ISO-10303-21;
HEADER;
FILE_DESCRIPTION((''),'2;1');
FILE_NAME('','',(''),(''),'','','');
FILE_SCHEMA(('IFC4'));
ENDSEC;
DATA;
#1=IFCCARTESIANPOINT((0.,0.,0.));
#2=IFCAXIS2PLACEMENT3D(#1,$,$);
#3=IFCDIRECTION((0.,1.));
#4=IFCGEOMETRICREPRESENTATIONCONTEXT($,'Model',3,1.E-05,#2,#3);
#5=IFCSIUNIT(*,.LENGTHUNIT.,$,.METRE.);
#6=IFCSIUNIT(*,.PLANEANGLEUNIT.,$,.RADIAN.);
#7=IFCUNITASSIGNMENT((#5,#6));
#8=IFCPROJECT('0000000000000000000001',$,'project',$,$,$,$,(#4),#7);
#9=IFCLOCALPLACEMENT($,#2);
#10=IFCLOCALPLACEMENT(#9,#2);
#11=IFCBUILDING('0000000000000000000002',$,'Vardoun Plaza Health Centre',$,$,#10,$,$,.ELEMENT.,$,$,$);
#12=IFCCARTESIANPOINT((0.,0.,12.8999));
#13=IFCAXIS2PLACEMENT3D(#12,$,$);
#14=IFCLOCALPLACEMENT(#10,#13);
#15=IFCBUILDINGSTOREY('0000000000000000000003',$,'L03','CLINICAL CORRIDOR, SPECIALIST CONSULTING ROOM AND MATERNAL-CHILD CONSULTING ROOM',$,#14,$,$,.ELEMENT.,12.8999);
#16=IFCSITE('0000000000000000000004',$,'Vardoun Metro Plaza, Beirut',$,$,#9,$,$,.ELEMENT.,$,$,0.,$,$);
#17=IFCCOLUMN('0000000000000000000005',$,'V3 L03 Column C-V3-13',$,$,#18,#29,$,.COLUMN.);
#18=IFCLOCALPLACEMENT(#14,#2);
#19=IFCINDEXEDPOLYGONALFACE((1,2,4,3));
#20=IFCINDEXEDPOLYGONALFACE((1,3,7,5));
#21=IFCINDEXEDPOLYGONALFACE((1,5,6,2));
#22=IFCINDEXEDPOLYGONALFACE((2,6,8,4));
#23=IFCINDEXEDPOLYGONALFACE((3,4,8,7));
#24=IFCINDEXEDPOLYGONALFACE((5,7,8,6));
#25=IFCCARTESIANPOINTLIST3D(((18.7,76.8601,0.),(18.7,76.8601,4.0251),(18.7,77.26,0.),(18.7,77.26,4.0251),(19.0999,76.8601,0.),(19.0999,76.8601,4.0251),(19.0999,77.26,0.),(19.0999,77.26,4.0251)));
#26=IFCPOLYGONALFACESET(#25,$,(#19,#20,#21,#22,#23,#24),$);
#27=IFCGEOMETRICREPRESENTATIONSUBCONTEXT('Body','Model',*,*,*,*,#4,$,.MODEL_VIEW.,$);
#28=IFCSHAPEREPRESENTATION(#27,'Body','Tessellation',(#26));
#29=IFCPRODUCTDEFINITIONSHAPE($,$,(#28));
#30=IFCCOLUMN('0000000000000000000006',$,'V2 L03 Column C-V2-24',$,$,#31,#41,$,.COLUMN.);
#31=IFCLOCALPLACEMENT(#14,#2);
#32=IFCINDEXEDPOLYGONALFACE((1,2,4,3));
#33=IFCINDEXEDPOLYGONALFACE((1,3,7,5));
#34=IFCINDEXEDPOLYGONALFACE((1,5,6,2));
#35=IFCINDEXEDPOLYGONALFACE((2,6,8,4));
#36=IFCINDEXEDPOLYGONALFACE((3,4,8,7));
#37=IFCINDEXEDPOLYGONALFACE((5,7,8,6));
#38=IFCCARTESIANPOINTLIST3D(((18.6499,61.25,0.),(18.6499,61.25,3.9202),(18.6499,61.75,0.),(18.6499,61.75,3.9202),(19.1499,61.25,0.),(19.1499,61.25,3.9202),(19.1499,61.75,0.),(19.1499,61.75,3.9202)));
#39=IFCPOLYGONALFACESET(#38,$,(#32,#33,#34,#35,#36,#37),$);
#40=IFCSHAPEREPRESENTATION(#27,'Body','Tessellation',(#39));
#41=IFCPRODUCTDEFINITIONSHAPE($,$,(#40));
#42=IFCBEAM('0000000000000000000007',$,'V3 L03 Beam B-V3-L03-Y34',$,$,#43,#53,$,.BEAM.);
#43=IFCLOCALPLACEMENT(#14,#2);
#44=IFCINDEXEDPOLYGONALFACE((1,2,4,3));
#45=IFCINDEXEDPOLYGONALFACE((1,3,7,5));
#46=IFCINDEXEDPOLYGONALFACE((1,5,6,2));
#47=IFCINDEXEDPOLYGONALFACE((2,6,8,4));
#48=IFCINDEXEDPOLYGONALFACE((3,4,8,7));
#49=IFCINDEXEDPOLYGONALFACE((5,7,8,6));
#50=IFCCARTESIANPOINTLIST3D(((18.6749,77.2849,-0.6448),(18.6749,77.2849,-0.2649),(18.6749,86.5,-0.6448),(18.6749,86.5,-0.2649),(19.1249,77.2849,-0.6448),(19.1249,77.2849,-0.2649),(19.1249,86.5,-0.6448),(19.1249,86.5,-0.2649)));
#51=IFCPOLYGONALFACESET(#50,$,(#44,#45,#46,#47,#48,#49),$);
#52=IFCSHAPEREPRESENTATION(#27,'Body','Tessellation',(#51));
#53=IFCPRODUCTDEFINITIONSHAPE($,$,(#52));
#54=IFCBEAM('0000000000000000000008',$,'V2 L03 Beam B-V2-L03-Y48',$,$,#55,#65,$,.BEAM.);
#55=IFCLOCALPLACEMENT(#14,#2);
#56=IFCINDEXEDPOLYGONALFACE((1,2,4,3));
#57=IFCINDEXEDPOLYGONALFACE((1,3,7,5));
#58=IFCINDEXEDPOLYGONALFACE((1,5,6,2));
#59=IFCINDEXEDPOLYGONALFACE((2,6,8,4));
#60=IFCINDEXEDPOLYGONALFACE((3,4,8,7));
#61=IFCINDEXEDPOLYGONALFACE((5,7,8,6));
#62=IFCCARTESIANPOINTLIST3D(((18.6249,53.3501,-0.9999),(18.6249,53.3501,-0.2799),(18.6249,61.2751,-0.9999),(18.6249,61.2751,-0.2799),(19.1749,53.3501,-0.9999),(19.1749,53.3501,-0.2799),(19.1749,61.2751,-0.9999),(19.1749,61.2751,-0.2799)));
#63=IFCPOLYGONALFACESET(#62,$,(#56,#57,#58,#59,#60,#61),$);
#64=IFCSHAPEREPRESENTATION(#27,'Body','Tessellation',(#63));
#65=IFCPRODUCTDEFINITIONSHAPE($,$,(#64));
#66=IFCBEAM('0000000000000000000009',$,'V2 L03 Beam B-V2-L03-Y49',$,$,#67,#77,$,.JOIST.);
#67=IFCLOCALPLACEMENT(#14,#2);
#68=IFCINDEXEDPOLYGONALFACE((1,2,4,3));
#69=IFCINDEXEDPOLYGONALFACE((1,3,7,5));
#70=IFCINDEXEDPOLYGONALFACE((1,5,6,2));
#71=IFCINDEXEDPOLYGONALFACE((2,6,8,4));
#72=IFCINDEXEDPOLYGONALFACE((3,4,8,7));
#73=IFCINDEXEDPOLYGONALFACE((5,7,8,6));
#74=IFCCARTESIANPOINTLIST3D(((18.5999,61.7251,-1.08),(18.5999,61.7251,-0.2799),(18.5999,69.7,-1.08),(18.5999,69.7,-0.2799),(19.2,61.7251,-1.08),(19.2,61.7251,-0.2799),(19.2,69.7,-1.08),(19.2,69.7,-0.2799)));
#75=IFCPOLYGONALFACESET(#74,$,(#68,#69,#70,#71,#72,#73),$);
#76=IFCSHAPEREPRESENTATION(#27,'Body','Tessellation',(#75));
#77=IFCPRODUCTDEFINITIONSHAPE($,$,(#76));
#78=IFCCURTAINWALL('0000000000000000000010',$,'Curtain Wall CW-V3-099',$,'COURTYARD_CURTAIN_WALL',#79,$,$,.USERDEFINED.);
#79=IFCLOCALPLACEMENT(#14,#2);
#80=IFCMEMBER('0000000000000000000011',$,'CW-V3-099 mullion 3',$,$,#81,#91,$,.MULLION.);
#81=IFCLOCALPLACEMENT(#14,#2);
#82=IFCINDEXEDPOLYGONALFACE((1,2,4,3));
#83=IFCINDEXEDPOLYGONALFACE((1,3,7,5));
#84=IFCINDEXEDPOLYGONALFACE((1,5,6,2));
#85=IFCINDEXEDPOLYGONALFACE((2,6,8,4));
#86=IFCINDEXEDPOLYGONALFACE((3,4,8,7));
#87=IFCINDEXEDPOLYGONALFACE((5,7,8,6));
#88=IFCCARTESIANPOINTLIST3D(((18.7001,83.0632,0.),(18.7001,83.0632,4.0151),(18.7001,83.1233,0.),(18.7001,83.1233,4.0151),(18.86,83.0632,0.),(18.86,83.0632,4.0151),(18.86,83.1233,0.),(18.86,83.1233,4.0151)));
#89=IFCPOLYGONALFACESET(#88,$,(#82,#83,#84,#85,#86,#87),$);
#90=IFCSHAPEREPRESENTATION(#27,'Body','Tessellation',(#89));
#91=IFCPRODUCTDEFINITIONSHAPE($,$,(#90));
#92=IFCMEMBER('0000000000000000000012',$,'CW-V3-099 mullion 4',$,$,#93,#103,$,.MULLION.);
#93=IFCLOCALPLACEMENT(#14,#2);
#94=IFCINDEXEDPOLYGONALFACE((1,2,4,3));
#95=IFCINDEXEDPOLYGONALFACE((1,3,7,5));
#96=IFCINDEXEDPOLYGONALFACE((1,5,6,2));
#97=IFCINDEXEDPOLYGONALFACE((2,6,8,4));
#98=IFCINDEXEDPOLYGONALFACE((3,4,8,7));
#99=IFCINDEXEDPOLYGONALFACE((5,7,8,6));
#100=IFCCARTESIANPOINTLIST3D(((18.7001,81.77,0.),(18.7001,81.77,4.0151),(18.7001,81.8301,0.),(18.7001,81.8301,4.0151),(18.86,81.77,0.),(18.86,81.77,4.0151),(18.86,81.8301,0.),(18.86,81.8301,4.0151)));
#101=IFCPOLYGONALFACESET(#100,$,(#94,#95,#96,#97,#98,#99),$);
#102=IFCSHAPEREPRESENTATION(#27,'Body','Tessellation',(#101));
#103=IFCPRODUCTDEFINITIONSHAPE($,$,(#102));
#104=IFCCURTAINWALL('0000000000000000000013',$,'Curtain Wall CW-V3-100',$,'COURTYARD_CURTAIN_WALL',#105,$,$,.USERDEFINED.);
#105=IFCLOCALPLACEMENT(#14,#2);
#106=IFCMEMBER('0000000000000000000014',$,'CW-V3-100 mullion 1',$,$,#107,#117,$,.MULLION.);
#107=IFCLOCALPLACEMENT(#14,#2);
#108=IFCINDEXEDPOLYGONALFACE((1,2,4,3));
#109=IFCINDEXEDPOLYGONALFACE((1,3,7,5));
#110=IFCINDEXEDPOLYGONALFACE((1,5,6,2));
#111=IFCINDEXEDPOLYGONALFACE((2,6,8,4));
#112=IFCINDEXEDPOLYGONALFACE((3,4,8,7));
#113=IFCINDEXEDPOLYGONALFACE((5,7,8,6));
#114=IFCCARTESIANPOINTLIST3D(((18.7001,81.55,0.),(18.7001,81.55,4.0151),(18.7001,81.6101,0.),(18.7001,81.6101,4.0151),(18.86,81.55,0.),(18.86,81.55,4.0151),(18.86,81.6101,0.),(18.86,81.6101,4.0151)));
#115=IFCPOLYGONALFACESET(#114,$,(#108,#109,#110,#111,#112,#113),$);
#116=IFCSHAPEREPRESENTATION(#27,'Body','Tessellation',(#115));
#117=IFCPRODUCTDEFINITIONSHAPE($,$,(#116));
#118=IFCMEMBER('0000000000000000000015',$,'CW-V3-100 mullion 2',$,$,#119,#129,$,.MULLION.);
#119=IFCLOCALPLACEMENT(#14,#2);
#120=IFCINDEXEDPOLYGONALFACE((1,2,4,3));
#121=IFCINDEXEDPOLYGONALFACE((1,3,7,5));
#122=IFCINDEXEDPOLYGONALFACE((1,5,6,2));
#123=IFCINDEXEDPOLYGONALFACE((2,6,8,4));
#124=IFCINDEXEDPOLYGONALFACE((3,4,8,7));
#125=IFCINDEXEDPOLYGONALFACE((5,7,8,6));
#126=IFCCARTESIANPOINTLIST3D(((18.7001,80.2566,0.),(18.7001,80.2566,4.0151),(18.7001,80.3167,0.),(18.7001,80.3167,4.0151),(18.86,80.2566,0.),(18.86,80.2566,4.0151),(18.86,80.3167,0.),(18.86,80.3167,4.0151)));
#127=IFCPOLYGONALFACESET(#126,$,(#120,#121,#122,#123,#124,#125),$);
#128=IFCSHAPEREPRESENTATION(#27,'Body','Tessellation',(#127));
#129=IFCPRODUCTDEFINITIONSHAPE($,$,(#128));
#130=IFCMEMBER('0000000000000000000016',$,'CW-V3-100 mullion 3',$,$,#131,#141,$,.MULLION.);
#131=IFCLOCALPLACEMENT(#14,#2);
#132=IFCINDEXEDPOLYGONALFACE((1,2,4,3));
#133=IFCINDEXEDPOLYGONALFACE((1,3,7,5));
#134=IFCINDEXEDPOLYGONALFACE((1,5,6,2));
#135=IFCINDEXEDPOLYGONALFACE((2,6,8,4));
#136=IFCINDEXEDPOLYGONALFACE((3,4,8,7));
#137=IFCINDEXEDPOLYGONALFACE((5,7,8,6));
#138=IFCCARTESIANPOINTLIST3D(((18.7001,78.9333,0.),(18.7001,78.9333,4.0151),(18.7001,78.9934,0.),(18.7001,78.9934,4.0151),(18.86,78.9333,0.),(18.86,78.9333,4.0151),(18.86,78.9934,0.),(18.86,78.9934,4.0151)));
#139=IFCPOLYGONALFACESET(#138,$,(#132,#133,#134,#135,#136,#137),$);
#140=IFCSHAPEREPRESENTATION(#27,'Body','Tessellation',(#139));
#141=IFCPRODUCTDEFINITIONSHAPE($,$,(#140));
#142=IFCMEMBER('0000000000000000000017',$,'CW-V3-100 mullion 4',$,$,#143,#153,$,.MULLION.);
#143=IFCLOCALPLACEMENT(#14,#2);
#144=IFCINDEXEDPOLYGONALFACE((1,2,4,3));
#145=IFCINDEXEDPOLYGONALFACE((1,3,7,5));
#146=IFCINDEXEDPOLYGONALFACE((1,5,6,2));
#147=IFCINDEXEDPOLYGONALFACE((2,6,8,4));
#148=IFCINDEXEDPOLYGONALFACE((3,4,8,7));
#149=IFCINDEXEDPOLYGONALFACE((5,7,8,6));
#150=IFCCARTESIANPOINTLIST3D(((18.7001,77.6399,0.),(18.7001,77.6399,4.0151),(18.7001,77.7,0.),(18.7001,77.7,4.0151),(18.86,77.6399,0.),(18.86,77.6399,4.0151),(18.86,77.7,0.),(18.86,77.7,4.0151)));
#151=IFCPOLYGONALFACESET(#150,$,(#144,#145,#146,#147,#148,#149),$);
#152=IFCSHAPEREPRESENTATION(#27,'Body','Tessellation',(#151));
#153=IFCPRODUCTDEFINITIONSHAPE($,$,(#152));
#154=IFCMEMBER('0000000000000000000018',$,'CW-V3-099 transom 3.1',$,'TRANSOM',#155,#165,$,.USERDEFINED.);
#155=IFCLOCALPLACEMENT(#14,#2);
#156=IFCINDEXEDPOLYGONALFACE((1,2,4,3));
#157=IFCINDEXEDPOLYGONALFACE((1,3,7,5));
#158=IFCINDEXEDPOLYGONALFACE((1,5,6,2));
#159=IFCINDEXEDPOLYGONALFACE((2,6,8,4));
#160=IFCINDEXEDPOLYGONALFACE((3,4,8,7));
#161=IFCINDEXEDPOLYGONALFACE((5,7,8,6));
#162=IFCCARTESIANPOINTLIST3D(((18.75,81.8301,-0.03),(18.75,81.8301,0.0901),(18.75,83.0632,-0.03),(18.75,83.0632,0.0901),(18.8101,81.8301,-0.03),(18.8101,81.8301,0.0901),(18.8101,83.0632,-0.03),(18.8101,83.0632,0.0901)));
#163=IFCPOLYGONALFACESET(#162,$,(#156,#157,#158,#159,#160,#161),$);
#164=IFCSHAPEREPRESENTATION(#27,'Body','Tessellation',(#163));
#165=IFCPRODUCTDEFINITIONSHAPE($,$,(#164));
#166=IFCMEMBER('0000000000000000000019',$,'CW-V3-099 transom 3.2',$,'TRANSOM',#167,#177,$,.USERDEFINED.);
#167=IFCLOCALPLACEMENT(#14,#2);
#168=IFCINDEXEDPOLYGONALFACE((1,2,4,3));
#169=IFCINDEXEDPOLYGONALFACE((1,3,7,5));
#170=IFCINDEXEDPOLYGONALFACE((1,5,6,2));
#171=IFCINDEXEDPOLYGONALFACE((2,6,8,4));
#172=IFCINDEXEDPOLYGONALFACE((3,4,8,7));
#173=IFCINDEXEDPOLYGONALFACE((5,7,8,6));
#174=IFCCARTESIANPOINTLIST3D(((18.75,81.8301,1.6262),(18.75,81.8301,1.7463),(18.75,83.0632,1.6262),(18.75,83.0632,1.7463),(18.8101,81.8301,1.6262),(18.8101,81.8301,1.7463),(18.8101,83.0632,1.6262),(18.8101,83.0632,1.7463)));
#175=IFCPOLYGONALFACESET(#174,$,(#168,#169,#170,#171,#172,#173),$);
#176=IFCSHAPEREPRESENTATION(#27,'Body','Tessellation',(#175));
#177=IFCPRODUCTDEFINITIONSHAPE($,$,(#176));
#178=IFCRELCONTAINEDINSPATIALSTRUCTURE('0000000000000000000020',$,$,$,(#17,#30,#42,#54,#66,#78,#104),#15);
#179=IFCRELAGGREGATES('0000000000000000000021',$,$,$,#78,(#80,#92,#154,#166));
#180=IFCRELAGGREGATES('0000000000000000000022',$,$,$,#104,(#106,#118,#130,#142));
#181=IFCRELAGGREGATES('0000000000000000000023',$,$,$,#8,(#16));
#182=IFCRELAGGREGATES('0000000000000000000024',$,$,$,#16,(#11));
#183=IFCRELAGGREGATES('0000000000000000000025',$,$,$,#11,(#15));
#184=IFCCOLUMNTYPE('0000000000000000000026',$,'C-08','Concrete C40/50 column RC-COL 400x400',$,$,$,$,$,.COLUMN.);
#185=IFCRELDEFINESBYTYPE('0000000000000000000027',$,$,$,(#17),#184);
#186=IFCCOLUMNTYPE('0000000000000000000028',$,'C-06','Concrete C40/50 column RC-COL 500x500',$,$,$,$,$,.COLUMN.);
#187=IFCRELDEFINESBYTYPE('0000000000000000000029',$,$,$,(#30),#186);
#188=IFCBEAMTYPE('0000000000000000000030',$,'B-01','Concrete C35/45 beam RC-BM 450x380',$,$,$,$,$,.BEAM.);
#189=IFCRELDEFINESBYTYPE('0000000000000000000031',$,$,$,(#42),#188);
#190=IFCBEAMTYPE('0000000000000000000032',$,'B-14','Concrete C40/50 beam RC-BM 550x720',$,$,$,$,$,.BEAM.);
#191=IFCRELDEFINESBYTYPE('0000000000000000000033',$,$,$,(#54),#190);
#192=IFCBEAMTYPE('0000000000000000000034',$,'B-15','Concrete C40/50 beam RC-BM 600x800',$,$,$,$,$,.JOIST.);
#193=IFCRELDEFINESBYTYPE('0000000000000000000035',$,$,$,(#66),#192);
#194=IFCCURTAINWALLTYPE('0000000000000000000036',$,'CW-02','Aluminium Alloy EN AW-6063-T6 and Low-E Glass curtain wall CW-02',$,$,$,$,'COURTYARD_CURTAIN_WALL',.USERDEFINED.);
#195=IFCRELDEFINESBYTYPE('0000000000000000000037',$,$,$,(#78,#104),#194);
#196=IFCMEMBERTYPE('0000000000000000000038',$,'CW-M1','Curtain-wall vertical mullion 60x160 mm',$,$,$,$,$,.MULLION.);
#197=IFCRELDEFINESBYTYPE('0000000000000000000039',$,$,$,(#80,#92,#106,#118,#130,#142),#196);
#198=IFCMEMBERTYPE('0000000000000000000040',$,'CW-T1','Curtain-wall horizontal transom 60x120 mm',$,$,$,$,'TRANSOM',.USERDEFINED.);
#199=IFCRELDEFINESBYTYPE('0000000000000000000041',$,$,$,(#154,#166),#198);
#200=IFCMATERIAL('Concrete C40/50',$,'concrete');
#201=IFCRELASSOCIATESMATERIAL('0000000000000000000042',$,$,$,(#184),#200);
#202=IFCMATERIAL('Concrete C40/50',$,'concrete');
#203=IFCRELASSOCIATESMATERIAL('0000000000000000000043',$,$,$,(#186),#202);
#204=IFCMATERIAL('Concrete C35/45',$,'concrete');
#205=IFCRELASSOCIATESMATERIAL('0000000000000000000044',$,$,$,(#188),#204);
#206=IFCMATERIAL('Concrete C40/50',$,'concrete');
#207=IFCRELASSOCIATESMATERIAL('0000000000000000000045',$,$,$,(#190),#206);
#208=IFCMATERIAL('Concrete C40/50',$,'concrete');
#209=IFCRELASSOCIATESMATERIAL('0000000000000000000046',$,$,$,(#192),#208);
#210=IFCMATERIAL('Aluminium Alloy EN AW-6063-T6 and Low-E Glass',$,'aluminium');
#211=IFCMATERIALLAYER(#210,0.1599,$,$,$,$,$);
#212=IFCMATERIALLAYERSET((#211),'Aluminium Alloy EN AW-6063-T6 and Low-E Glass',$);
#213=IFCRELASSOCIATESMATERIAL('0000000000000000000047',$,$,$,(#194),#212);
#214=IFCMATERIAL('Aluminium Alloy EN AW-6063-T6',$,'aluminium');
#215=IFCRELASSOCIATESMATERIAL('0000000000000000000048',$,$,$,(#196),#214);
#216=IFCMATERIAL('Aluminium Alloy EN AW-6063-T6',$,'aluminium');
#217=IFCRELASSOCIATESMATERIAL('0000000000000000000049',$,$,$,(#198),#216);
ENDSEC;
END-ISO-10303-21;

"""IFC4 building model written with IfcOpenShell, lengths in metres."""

from ifc_helpers import new_model, si_unit, direction, frame, origin, origin_2d, place, context, subcontext, project, spatial, rectangle, extrude, material, layer, layer_set, material_profile, profile_set, type_object, element, aggregate, save


model = new_model("IFC4")

# Units and contexts
model_context = context("Model", 3, precision=1e-05, world=origin(), true_north=direction((0.0, 1.0)))
body_context = subcontext(model_context, "Body", "Model", "MODEL_VIEW")
ifc_project = project(units=[si_unit("LENGTHUNIT", "METRE"), si_unit("PLANEANGLEUNIT", "RADIAN")], contexts=[model_context])

# Site, building, storey
site_placement = place(None, origin())
site = spatial("IfcSite", under=ifc_project, at=site_placement, Name="Vardoun Metro Plaza, Beirut", CompositionType="ELEMENT", RefElevation=0.0)
building_placement = place(site_placement, origin())
building = spatial("IfcBuilding", under=site, at=building_placement, Name="Vardoun Plaza Health Centre", CompositionType="ELEMENT")
storey_placement = place(building_placement, frame((0.0, 0.0, 12.8999)))
storey = spatial("IfcBuildingStorey", under=building, at=storey_placement, Name="L03", Description="CLINICAL CORRIDOR, SPECIALIST CONSULTING ROOM AND MATERNAL-CHILD CONSULTING ROOM", CompositionType="ELEMENT", Elevation=12.8999)

# Columns
ifc_material_1 = material(Name="Concrete C40/50", Category="concrete")
ifc_material_profile_1 = material_profile(ifc_material_1, rectangle(XDim=0.3999, YDim=0.3999, at=origin_2d()), Name="RC-COL 400x400")
ifc_profile_set_1 = profile_set([ifc_material_profile_1], Name="Concrete C40/50")
column_type_1 = type_object("IfcColumnType", Name="C-08", Description="Concrete C40/50 column RC-COL 400x400", PredefinedType="COLUMN", material=ifc_profile_set_1)
column_1_placement = place(storey_placement, frame((18.8999, 77.0601, 0.0), z_axis=(0.0, 0.0, 1.0), x_axis=(1.0, 0.0, 0.0)))
element("IfcColumn", 1, at=column_1_placement, inside=storey, type_object=column_type_1, Name="V3 L03 Column C-V3-13", PredefinedType="COLUMN", context=body_context, shape_type="SweptSolid", body=[
    extrude(rectangle(XDim=0.3999, YDim=0.3999, at=origin_2d()), origin(), (0.0, 0.0, 1.0), 4.0251),
])
ifc_material_2 = material(Name="Concrete C40/50", Category="concrete")
ifc_material_profile_2 = material_profile(ifc_material_2, rectangle(XDim=0.5, YDim=0.5, at=origin_2d()), Name="RC-COL 500x500")
ifc_profile_set_2 = profile_set([ifc_material_profile_2], Name="Concrete C40/50")
column_type_2 = type_object("IfcColumnType", Name="C-06", Description="Concrete C40/50 column RC-COL 500x500", PredefinedType="COLUMN", material=ifc_profile_set_2)
column_2_placement = place(storey_placement, frame((18.8999, 61.5, 0.0), z_axis=(0.0, 0.0, 1.0), x_axis=(1.0, 0.0, 0.0)))
element("IfcColumn", 2, at=column_2_placement, inside=storey, type_object=column_type_2, Name="V2 L03 Column C-V2-24", PredefinedType="COLUMN", context=body_context, shape_type="SweptSolid", body=[
    extrude(rectangle(XDim=0.5, YDim=0.5, at=origin_2d()), origin(), (0.0, 0.0, 1.0), 3.9202),
])

# Beams
ifc_material_3 = material(Name="Concrete C35/45", Category="concrete")
ifc_material_profile_3 = material_profile(ifc_material_3, rectangle(XDim=0.45, YDim=0.3799, at=origin_2d()), Name="RC-BM 450x380")
ifc_profile_set_3 = profile_set([ifc_material_profile_3], Name="Concrete C35/45")
beam_type_1 = type_object("IfcBeamType", Name="B-01", Description="Concrete C35/45 beam RC-BM 450x380", PredefinedType="BEAM", material=ifc_profile_set_3)
beam_1_placement = place(storey_placement, frame((18.8999, 77.2849, -0.4548), z_axis=(0.0, 1.0, 0.0), x_axis=(-1.0, 0.0, 0.0)))
element("IfcBeam", 3, at=beam_1_placement, inside=storey, type_object=beam_type_1, Name="V3 L03 Beam B-V3-L03-Y34", PredefinedType="BEAM", context=body_context, shape_type="SweptSolid", body=[
    extrude(rectangle(XDim=0.45, YDim=0.3799, at=origin_2d()), origin(), (0.0, 0.0, 1.0), 9.2151),
])
ifc_material_4 = material(Name="Concrete C40/50", Category="concrete")
ifc_material_profile_4 = material_profile(ifc_material_4, rectangle(XDim=0.55, YDim=0.72, at=origin_2d()), Name="RC-BM 550x720")
ifc_profile_set_4 = profile_set([ifc_material_profile_4], Name="Concrete C40/50")
beam_type_2 = type_object("IfcBeamType", Name="B-14", Description="Concrete C40/50 beam RC-BM 550x720", PredefinedType="BEAM", material=ifc_profile_set_4)
beam_2_placement = place(storey_placement, frame((18.8999, 53.3501, -0.6399), z_axis=(0.0, 1.0, 0.0), x_axis=(-1.0, 0.0, 0.0)))
element("IfcBeam", 4, at=beam_2_placement, inside=storey, type_object=beam_type_2, Name="V2 L03 Beam B-V2-L03-Y48", PredefinedType="BEAM", context=body_context, shape_type="SweptSolid", body=[
    extrude(rectangle(XDim=0.55, YDim=0.72, at=origin_2d()), origin(), (0.0, 0.0, 1.0), 7.925),
])
ifc_material_5 = material(Name="Concrete C40/50", Category="concrete")
ifc_material_profile_5 = material_profile(ifc_material_5, rectangle(XDim=0.6001, YDim=0.8, at=origin_2d()), Name="RC-BM 600x800")
ifc_profile_set_5 = profile_set([ifc_material_profile_5], Name="Concrete C40/50")
beam_type_3 = type_object("IfcBeamType", Name="B-15", Description="Concrete C40/50 beam RC-BM 600x800", PredefinedType="JOIST", material=ifc_profile_set_5)
beam_3_placement = place(storey_placement, frame((18.8999, 61.7251, -0.6799), z_axis=(0.0, 1.0, 0.0), x_axis=(-1.0, 0.0, 0.0)))
element("IfcBeam", 5, at=beam_3_placement, inside=storey, type_object=beam_type_3, Name="V2 L03 Beam B-V2-L03-Y49", PredefinedType="JOIST", context=body_context, shape_type="SweptSolid", body=[
    extrude(rectangle(XDim=0.6001, YDim=0.8, at=origin_2d()), origin(), (0.0, 0.0, 1.0), 7.9749),
])

# Curtain walls, members
ifc_material_6 = material(Name="Aluminium Alloy EN AW-6063-T6 and Low-E Glass", Category="aluminium")
ifc_layer_1 = layer(ifc_material_6, 0.1599)
ifc_layer_set_1 = layer_set([ifc_layer_1], Name="Aluminium Alloy EN AW-6063-T6 and Low-E Glass")
curtain_wall_type = type_object("IfcCurtainWallType", Name="CW-02", Description="Aluminium Alloy EN AW-6063-T6 and Low-E Glass curtain wall CW-02", ElementType="COURTYARD_CURTAIN_WALL", PredefinedType="USERDEFINED", material=ifc_layer_set_1)
curtain_wall_1_placement = place(storey_placement, origin())
curtain_wall_1 = element("IfcCurtainWall", 6, at=curtain_wall_1_placement, inside=storey, type_object=curtain_wall_type, Name="Curtain Wall CW-V3-099", ObjectType="COURTYARD_CURTAIN_WALL", PredefinedType="USERDEFINED")
ifc_material_7 = material(Name="Aluminium Alloy EN AW-6063-T6", Category="aluminium")
ifc_material_profile_6 = material_profile(ifc_material_7, rectangle(XDim=0.1599, YDim=0.0601, at=origin_2d()), Name="CWM 60x160")
ifc_profile_set_6 = profile_set([ifc_material_profile_6], Name="Aluminium Alloy EN AW-6063-T6")
member_type_1 = type_object("IfcMemberType", Name="CW-M1", Description="Curtain-wall vertical mullion 60x160 mm", PredefinedType="MULLION", material=ifc_profile_set_6)
member_1_placement = place(storey_placement, frame((18.78, 83.0933, 0.0), z_axis=(0.0, 0.0, 1.0), x_axis=(1.0, 0.0, 0.0)))
member_1 = element("IfcMember", 7, at=member_1_placement, type_object=member_type_1, Name="CW-V3-099 mullion 3", PredefinedType="MULLION", context=body_context, shape_type="SweptSolid", body=[
    extrude(rectangle(XDim=0.1599, YDim=0.0601, at=origin_2d()), origin(), (0.0, 0.0, 1.0), 4.0151),
])
member_2_placement = place(storey_placement, frame((18.78, 81.8, 0.0), z_axis=(0.0, 0.0, 1.0), x_axis=(1.0, 0.0, 0.0)))
member_2 = element("IfcMember", 8, at=member_2_placement, type_object=member_type_1, Name="CW-V3-099 mullion 4", PredefinedType="MULLION", context=body_context, shape_type="SweptSolid", body=[
    extrude(rectangle(XDim=0.1599, YDim=0.0601, at=origin_2d()), origin(), (0.0, 0.0, 1.0), 4.0151),
])
curtain_wall_2_placement = place(storey_placement, origin())
curtain_wall_2 = element("IfcCurtainWall", 9, at=curtain_wall_2_placement, inside=storey, type_object=curtain_wall_type, Name="Curtain Wall CW-V3-100", ObjectType="COURTYARD_CURTAIN_WALL", PredefinedType="USERDEFINED")
member_3_placement = place(storey_placement, frame((18.78, 81.5801, 0.0), z_axis=(0.0, 0.0, 1.0), x_axis=(1.0, 0.0, 0.0)))
member_3 = element("IfcMember", 10, at=member_3_placement, type_object=member_type_1, Name="CW-V3-100 mullion 1", PredefinedType="MULLION", context=body_context, shape_type="SweptSolid", body=[
    extrude(rectangle(XDim=0.1599, YDim=0.0601, at=origin_2d()), origin(), (0.0, 0.0, 1.0), 4.0151),
])
member_4_placement = place(storey_placement, frame((18.78, 80.2866, 0.0), z_axis=(0.0, 0.0, 1.0), x_axis=(1.0, 0.0, 0.0)))
member_4 = element("IfcMember", 11, at=member_4_placement, type_object=member_type_1, Name="CW-V3-100 mullion 2", PredefinedType="MULLION", context=body_context, shape_type="SweptSolid", body=[
    extrude(rectangle(XDim=0.1599, YDim=0.0601, at=origin_2d()), origin(), (0.0, 0.0, 1.0), 4.0151),
])
member_5_placement = place(storey_placement, frame((18.78, 78.9634, 0.0), z_axis=(0.0, 0.0, 1.0), x_axis=(1.0, 0.0, 0.0)))
member_5 = element("IfcMember", 12, at=member_5_placement, type_object=member_type_1, Name="CW-V3-100 mullion 3", PredefinedType="MULLION", context=body_context, shape_type="SweptSolid", body=[
    extrude(rectangle(XDim=0.1599, YDim=0.0601, at=origin_2d()), origin(), (0.0, 0.0, 1.0), 4.0151),
])
member_6_placement = place(storey_placement, frame((18.78, 77.6699, 0.0), z_axis=(0.0, 0.0, 1.0), x_axis=(1.0, 0.0, 0.0)))
member_6 = element("IfcMember", 13, at=member_6_placement, type_object=member_type_1, Name="CW-V3-100 mullion 4", PredefinedType="MULLION", context=body_context, shape_type="SweptSolid", body=[
    extrude(rectangle(XDim=0.1599, YDim=0.0601, at=origin_2d()), origin(), (0.0, 0.0, 1.0), 4.0151),
])

# Members
ifc_material_8 = material(Name="Aluminium Alloy EN AW-6063-T6", Category="aluminium")
ifc_material_profile_7 = material_profile(ifc_material_8, rectangle(XDim=0.0601, YDim=0.1201, at=origin_2d()), Name="CWT 60x120")
ifc_profile_set_7 = profile_set([ifc_material_profile_7], Name="Aluminium Alloy EN AW-6063-T6")
member_type_2 = type_object("IfcMemberType", Name="CW-T1", Description="Curtain-wall horizontal transom 60x120 mm", ElementType="TRANSOM", PredefinedType="USERDEFINED", material=ifc_profile_set_7)
member_7_placement = place(storey_placement, frame((18.78, 83.0632, 0.03), z_axis=(0.0, -1.0, 0.0), x_axis=(1.0, 0.0, 0.0)))
member_7 = element("IfcMember", 14, at=member_7_placement, type_object=member_type_2, Name="CW-V3-099 transom 3.1", ObjectType="TRANSOM", PredefinedType="USERDEFINED", context=body_context, shape_type="SweptSolid", body=[
    extrude(rectangle(XDim=0.0601, YDim=0.1201, at=origin_2d()), origin(), (0.0, 0.0, 1.0), 1.2332),
])
member_8_placement = place(storey_placement, frame((18.78, 83.0632, 1.6863), z_axis=(0.0, -1.0, 0.0), x_axis=(1.0, 0.0, 0.0)))
member_8 = element("IfcMember", 15, at=member_8_placement, type_object=member_type_2, Name="CW-V3-099 transom 3.2", ObjectType="TRANSOM", PredefinedType="USERDEFINED", context=body_context, shape_type="SweptSolid", body=[
    extrude(rectangle(XDim=0.0601, YDim=0.1201, at=origin_2d()), origin(), (0.0, 0.0, 1.0), 1.2332),
])

aggregate(curtain_wall_1, [member_1, member_2, member_7, member_8])
aggregate(curtain_wall_2, [member_3, member_4, member_5, member_6])

save(model, "model.ifc")
